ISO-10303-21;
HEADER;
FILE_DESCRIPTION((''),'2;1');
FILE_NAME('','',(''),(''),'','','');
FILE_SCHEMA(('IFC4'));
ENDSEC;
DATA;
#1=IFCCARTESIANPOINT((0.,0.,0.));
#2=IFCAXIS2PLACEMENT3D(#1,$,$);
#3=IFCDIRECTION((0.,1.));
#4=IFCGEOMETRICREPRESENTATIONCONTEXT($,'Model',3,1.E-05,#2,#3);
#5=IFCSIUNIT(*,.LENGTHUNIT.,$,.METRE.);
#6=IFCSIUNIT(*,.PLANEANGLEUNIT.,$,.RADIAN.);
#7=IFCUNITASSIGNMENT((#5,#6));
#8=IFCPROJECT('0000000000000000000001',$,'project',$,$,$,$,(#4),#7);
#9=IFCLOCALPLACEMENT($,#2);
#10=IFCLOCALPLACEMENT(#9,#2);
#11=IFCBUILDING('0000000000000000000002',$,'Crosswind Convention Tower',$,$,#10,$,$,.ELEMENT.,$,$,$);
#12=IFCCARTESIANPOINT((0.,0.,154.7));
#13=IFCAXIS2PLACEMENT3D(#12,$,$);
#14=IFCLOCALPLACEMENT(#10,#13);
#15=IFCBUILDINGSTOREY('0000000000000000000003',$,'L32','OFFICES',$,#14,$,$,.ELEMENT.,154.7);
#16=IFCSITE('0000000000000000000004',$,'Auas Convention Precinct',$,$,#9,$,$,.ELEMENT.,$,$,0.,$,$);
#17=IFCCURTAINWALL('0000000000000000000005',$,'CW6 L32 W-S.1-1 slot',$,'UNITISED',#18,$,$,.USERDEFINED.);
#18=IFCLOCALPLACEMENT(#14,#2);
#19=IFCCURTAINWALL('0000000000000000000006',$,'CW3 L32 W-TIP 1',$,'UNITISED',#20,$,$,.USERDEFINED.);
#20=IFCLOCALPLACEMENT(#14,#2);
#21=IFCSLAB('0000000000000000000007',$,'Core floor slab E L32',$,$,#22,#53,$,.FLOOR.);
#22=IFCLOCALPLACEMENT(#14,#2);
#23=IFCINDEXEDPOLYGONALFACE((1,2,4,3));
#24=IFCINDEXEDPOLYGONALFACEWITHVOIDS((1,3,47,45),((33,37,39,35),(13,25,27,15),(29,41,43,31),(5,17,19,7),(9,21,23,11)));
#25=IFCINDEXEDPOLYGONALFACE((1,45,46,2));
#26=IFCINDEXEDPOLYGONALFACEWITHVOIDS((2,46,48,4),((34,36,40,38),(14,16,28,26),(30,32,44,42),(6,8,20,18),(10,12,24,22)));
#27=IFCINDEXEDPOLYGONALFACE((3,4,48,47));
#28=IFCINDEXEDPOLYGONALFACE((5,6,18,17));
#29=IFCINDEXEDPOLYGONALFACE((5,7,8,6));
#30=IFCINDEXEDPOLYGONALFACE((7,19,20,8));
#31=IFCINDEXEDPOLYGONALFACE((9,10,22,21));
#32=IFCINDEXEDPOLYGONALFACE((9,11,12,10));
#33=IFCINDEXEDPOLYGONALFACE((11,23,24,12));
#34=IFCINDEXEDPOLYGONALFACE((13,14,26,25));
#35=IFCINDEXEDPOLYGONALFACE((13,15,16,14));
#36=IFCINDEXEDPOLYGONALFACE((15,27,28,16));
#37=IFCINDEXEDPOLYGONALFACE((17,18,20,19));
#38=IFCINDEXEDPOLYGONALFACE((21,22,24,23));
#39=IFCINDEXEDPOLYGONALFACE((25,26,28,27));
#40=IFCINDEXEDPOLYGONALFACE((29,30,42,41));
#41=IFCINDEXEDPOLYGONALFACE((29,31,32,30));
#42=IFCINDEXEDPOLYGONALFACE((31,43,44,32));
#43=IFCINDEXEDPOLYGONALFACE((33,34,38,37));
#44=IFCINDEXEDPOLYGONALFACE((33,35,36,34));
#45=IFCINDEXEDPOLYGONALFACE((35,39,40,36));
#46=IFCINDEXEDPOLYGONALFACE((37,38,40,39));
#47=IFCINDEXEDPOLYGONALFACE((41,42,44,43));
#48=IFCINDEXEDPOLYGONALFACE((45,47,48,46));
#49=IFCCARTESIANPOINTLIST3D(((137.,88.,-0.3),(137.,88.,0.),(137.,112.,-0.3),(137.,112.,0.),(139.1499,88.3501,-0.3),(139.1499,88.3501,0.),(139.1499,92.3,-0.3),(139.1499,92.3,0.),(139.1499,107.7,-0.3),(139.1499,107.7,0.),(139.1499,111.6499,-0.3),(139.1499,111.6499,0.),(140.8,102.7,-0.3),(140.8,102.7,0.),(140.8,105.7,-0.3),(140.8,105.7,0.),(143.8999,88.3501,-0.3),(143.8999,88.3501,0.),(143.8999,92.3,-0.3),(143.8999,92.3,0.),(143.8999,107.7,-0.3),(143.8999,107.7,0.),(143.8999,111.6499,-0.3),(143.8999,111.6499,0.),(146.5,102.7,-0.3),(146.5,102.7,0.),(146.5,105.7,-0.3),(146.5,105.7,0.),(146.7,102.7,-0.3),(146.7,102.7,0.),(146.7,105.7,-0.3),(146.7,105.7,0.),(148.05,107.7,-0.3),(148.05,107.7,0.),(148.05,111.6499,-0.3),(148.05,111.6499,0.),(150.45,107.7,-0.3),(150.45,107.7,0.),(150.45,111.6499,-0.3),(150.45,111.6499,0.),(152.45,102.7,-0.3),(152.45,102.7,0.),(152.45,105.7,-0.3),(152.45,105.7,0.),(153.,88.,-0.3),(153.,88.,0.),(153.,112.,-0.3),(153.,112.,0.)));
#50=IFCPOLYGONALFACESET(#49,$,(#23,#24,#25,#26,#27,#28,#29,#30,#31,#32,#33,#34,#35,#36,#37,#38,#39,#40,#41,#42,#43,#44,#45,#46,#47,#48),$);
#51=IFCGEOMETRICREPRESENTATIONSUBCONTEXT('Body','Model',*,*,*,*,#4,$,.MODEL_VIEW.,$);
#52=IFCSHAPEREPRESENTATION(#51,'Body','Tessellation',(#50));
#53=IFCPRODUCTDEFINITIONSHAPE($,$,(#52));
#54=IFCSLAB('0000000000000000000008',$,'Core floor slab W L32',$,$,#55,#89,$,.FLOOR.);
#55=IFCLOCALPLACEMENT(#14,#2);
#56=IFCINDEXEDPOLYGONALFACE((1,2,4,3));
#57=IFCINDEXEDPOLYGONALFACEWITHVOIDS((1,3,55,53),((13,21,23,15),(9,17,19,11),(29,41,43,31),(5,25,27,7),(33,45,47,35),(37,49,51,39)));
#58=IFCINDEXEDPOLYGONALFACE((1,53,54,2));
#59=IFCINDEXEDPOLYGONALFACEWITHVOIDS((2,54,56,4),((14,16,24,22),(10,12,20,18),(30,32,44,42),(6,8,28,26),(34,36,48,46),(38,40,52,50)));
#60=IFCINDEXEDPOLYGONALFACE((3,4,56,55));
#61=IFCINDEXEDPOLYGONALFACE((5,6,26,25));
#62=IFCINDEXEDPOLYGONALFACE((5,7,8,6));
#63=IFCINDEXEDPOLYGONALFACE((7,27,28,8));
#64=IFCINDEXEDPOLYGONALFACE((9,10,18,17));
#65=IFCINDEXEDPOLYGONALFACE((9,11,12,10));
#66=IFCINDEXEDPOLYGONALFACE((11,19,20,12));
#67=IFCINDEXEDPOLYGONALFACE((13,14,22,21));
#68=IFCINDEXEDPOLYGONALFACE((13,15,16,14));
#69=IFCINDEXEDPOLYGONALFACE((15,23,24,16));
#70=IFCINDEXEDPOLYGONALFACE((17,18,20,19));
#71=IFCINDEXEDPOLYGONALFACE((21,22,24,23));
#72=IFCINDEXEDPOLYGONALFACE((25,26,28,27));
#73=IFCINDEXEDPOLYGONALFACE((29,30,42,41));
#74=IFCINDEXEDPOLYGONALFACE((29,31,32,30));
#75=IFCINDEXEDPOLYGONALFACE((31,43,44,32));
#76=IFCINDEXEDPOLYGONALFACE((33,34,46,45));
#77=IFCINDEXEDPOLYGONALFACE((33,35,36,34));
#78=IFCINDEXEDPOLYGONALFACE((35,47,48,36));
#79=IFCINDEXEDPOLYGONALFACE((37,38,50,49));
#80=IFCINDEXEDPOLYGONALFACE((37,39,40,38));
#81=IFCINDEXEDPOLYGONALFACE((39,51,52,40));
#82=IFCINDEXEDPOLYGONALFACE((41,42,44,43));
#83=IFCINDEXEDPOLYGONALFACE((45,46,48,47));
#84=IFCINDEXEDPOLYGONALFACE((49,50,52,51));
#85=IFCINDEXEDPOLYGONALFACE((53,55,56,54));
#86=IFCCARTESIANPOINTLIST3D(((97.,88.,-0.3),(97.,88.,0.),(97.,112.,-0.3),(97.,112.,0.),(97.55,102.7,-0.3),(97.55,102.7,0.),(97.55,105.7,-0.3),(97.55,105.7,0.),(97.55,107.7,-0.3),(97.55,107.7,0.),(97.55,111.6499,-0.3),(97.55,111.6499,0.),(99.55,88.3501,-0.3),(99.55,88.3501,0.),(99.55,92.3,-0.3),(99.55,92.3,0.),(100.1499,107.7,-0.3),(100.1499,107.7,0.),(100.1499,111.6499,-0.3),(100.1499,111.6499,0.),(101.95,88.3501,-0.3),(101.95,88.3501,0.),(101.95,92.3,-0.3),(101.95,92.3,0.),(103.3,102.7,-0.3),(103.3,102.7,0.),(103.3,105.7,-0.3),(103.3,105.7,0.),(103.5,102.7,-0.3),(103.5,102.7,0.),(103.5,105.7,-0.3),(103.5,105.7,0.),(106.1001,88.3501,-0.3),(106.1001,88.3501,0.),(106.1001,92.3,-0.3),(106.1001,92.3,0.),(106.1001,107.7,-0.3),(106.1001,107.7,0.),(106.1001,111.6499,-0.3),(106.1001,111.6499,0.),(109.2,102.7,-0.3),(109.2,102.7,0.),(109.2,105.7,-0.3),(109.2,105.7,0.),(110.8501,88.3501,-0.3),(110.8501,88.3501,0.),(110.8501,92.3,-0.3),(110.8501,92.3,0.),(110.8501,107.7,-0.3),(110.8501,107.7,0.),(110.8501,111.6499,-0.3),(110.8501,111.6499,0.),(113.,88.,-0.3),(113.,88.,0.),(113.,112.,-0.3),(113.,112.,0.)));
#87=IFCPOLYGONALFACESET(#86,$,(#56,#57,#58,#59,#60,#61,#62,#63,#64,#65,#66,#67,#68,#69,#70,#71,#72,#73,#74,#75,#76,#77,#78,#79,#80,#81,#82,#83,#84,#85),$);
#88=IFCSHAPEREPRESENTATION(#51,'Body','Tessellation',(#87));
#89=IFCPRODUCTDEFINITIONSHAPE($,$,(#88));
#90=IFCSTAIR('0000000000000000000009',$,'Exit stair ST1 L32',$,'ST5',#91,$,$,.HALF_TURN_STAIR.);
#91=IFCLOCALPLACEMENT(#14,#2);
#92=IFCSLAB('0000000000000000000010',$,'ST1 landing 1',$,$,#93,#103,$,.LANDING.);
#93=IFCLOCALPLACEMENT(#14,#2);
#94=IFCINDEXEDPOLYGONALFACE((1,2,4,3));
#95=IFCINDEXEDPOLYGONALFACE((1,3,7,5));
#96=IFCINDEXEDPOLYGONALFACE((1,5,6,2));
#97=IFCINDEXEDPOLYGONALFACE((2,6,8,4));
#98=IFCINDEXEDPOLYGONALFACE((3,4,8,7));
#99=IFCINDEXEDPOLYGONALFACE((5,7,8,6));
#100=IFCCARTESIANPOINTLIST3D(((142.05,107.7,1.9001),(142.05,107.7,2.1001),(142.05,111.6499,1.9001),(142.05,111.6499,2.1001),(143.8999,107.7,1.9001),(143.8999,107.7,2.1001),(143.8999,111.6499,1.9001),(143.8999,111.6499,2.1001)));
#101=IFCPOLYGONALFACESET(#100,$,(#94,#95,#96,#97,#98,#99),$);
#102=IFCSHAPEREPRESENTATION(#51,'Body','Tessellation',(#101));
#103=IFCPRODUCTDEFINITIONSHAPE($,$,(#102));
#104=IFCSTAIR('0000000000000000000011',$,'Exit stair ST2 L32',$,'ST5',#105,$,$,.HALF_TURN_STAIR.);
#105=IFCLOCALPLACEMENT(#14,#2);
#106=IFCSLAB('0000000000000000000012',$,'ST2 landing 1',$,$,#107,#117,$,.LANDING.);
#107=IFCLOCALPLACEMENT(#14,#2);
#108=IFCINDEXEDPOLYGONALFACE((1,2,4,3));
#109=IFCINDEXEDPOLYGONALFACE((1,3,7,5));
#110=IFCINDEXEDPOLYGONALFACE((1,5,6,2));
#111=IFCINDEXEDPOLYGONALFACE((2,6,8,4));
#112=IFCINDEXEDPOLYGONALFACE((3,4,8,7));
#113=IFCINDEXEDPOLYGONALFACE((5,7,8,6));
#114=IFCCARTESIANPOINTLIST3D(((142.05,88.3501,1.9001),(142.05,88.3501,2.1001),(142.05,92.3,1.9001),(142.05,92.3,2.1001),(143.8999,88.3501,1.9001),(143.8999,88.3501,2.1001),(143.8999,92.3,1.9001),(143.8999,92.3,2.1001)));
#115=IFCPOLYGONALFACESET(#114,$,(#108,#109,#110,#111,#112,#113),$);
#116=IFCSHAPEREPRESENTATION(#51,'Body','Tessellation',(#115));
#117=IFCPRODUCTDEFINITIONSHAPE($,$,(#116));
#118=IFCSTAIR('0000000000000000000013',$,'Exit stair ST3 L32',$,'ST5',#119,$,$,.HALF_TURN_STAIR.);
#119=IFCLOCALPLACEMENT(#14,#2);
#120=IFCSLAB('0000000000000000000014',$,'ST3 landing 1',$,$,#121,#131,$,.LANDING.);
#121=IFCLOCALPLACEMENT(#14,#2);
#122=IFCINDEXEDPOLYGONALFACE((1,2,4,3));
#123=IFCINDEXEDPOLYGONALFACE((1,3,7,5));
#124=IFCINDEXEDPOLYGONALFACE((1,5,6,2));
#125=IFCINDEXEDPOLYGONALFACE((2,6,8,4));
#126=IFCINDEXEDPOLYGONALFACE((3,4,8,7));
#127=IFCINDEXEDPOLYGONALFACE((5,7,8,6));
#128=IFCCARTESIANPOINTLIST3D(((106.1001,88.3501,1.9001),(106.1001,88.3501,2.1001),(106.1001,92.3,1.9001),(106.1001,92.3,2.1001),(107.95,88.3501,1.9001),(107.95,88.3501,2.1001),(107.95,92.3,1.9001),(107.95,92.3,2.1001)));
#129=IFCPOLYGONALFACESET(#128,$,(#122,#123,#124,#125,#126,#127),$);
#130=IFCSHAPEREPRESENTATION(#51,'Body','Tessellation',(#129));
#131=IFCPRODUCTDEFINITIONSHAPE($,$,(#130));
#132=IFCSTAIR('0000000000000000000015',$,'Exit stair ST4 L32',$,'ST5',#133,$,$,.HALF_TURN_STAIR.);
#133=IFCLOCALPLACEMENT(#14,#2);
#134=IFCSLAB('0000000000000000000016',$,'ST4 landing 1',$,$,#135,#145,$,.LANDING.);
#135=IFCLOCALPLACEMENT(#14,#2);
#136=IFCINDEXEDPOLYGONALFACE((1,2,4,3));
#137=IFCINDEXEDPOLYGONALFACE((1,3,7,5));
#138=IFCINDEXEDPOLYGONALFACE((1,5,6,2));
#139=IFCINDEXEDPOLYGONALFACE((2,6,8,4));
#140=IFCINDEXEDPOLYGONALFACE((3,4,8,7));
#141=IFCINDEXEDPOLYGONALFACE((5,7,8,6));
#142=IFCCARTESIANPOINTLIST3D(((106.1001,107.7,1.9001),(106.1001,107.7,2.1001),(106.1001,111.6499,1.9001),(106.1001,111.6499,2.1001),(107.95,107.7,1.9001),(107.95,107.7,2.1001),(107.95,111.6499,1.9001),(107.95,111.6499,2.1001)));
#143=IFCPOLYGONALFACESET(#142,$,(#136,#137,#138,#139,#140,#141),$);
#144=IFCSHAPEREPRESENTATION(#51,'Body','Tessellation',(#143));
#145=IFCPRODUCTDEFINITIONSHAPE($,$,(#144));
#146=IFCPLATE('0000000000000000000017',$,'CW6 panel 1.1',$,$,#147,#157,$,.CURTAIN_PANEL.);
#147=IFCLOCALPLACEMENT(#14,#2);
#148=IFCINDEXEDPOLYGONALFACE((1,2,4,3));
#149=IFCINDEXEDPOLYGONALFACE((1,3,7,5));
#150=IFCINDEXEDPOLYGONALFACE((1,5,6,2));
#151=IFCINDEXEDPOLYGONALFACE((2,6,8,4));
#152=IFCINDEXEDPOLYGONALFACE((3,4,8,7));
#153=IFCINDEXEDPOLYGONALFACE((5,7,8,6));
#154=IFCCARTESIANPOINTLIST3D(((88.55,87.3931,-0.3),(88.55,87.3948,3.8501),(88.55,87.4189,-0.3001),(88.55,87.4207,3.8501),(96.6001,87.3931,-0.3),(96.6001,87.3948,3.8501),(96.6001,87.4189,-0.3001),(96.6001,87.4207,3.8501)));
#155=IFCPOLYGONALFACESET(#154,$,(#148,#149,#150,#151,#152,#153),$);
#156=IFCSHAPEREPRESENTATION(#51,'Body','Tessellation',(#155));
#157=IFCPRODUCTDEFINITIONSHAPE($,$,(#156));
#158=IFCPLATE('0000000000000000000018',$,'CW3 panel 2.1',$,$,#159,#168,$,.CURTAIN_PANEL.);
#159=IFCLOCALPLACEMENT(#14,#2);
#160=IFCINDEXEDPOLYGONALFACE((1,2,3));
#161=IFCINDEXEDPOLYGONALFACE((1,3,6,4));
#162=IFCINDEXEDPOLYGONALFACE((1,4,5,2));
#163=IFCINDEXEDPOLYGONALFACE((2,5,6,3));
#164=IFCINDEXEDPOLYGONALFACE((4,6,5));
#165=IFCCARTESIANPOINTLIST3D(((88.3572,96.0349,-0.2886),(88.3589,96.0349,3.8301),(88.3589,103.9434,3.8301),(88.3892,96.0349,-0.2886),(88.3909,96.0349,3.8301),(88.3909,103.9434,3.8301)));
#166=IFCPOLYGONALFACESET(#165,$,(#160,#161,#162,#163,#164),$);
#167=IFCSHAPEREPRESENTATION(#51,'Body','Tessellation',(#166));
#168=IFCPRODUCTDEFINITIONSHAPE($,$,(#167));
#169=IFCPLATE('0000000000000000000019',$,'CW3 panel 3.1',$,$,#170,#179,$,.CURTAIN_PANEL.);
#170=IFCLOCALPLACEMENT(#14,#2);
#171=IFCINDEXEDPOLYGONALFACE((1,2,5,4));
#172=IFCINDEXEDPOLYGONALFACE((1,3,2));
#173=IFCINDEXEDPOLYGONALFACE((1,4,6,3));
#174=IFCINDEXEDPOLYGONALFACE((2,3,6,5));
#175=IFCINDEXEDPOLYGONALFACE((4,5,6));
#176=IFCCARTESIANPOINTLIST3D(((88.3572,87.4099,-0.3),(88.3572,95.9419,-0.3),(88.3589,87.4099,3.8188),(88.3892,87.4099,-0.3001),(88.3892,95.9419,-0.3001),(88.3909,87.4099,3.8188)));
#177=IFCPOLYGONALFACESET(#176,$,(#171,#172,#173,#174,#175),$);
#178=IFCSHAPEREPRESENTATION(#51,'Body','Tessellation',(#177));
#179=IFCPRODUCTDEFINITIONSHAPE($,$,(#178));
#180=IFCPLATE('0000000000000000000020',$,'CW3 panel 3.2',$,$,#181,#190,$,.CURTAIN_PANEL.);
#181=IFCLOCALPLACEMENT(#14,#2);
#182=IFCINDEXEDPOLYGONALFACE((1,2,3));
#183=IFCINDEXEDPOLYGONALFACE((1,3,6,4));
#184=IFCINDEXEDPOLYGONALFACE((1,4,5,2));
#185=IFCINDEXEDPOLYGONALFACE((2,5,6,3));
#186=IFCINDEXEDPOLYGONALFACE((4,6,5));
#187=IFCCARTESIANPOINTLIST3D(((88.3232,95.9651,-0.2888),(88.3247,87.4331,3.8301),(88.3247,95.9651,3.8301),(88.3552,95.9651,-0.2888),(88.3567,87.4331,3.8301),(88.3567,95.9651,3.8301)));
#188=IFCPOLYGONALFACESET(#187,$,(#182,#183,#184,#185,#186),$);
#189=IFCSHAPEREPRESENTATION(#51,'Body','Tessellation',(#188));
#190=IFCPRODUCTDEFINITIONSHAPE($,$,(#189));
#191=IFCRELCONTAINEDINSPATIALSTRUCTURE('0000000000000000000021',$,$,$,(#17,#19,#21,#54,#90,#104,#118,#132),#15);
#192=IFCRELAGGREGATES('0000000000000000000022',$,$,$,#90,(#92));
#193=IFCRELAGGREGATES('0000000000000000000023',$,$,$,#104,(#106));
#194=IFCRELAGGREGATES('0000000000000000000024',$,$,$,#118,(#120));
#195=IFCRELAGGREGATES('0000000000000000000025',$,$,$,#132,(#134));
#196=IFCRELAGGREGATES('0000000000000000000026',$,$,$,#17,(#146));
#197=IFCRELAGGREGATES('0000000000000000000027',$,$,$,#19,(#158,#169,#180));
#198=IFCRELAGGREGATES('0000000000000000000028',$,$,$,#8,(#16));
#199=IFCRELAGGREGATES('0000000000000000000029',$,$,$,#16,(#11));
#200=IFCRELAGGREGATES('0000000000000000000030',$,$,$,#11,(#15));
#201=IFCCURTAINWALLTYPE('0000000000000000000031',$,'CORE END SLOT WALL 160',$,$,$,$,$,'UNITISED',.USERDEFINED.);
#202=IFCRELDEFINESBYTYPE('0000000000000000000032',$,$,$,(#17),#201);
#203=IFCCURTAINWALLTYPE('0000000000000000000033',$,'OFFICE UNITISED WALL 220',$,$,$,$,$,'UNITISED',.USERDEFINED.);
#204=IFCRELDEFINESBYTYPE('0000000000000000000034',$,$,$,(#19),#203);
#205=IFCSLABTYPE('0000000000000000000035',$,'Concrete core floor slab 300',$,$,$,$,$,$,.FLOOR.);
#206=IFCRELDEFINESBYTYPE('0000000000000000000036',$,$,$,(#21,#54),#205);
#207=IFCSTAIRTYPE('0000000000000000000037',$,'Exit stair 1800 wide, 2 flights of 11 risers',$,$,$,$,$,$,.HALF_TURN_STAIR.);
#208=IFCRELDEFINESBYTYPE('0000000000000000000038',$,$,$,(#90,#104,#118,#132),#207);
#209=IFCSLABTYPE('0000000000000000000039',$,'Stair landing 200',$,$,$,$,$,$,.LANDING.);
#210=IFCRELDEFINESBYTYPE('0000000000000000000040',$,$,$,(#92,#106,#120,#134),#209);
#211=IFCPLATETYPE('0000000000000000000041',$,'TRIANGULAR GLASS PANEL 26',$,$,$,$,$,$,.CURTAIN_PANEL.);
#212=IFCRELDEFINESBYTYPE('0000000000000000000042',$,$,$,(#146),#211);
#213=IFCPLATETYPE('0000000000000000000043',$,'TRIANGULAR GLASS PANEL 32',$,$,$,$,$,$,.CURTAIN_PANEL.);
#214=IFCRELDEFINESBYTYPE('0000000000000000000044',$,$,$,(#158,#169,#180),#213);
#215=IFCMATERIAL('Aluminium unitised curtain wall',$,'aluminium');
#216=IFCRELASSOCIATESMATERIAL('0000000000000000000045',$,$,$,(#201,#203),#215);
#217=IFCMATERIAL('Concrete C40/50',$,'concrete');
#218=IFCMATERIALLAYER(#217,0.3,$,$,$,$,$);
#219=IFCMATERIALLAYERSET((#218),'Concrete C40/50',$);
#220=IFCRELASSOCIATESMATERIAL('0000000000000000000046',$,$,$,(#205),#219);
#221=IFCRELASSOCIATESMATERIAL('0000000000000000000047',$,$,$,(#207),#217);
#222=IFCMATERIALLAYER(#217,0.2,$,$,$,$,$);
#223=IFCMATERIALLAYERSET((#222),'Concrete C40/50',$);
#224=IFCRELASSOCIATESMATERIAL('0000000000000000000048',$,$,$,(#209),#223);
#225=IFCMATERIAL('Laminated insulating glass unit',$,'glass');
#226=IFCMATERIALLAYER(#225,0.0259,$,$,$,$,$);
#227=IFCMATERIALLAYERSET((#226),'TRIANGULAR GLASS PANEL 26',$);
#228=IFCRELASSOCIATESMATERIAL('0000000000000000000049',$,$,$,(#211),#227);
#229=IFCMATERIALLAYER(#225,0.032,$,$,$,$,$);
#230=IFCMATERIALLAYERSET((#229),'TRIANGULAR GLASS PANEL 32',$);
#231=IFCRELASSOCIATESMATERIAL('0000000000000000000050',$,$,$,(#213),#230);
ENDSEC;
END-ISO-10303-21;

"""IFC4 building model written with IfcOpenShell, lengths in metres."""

from ifc_helpers import new_model, si_unit, direction, frame, origin, place, context, subcontext, project, spatial, polyline, outline, extrude, material, layer, layer_set, type_object, element, aggregate, save


model = new_model("IFC4")

# Units and contexts
model_context = context("Model", 3, precision=1e-05, world=origin(), true_north=direction((0.0, 1.0)))
body_context = subcontext(model_context, "Body", "Model", "MODEL_VIEW")
ifc_project = project(units=[si_unit("LENGTHUNIT", "METRE"), si_unit("PLANEANGLEUNIT", "RADIAN")], contexts=[model_context])

# Site, building, storey
site_placement = place(None, origin())
site = spatial("IfcSite", under=ifc_project, at=site_placement, Name="Auas Convention Precinct", CompositionType="ELEMENT", RefElevation=0.0)
building_placement = place(site_placement, origin())
building = spatial("IfcBuilding", under=site, at=building_placement, Name="Crosswind Convention Tower", CompositionType="ELEMENT")
storey_placement = place(building_placement, frame((0.0, 0.0, 154.7)))
storey = spatial("IfcBuildingStorey", under=building, at=storey_placement, Name="L32", Description="OFFICES", CompositionType="ELEMENT", Elevation=154.7)

# Curtain wall
ifc_material_1 = material(Name="Aluminium unitised curtain wall", Category="aluminium")
curtain_wall_type_1 = type_object("IfcCurtainWallType", Name="CORE END SLOT WALL 160", ElementType="UNITISED", PredefinedType="USERDEFINED", material=ifc_material_1)
curtain_wall_1_placement = place(storey_placement, origin())
curtain_wall_1 = element("IfcCurtainWall", 1, at=curtain_wall_1_placement, inside=storey, type_object=curtain_wall_type_1, Name="CW6 L32 W-S.1-1 slot", ObjectType="UNITISED", PredefinedType="USERDEFINED")

# Curtain wall
curtain_wall_type_2 = type_object("IfcCurtainWallType", Name="OFFICE UNITISED WALL 220", ElementType="UNITISED", PredefinedType="USERDEFINED", material=ifc_material_1)
curtain_wall_2_placement = place(storey_placement, origin())
curtain_wall_2 = element("IfcCurtainWall", 2, at=curtain_wall_2_placement, inside=storey, type_object=curtain_wall_type_2, Name="CW3 L32 W-TIP 1", ObjectType="UNITISED", PredefinedType="USERDEFINED")

# Slabs
ifc_material_2 = material(Name="Concrete C40/50", Category="concrete")
ifc_layer_1 = layer(ifc_material_2, 0.3)
ifc_layer_set_1 = layer_set([ifc_layer_1], Name="Concrete C40/50")
slab_type_1 = type_object("IfcSlabType", Name="Concrete core floor slab 300", PredefinedType="FLOOR", material=ifc_layer_set_1)
slab_1_placement = place(storey_placement, frame((0.0, 0.0, -0.3)))
element("IfcSlab", 3, at=slab_1_placement, inside=storey, type_object=slab_type_1, Name="Core floor slab E L32", PredefinedType="FLOOR", context=body_context, shape_type="SweptSolid", body=[
    extrude(outline(polyline([(137.0, 88.0), (153.0, 88.0), (153.0, 112.0), (137.0, 112.0), (137.0, 88.0)]), holes=[polyline([(146.5, 102.7), (146.5, 105.7), (140.8, 105.7), (140.8, 102.7), (146.5, 102.7)]), polyline([(152.45, 102.7), (152.45, 105.7), (146.7, 105.7), (146.7, 102.7), (152.45, 102.7)]), polyline([(150.45, 107.7), (150.45, 111.6499), (148.05, 111.6499), (148.05, 107.7), (150.45, 107.7)]), polyline([(143.8999, 107.7), (143.8999, 111.6499), (139.1499, 111.6499), (139.1499, 107.7), (143.8999, 107.7)]), polyline([(143.8999, 88.3501), (143.8999, 92.3), (139.1499, 92.3), (139.1499, 88.3501), (143.8999, 88.3501)])]), origin(), (0.0, 0.0, 1.0), 0.3),
])
slab_2_placement = place(storey_placement, frame((0.0, 0.0, -0.3)))
element("IfcSlab", 4, at=slab_2_placement, inside=storey, type_object=slab_type_1, Name="Core floor slab W L32", PredefinedType="FLOOR", context=body_context, shape_type="SweptSolid", body=[
    extrude(outline(polyline([(97.0, 88.0), (113.0, 88.0), (113.0, 112.0), (97.0, 112.0), (97.0, 88.0)]), holes=[polyline([(109.2, 102.7), (109.2, 105.7), (103.5, 105.7), (103.5, 102.7), (109.2, 102.7)]), polyline([(103.3, 102.7), (103.3, 105.7), (97.55, 105.7), (97.55, 102.7), (103.3, 102.7)]), polyline([(101.95, 88.3501), (101.95, 92.3), (99.55, 92.3), (99.55, 88.3501), (101.95, 88.3501)]), polyline([(100.1499, 107.7), (100.1499, 111.6499), (97.55, 111.6499), (97.55, 107.7), (100.1499, 107.7)]), polyline([(110.8501, 88.3501), (110.8501, 92.3), (106.1001, 92.3), (106.1001, 88.3501), (110.8501, 88.3501)]), polyline([(110.8501, 107.7), (110.8501, 111.6499), (106.1001, 111.6499), (106.1001, 107.7), (110.8501, 107.7)])]), origin(), (0.0, 0.0, 1.0), 0.3),
])

# Stairs, slabs
stair_type = type_object("IfcStairType", Name="Exit stair 1800 wide, 2 flights of 11 risers", PredefinedType="HALF_TURN_STAIR", material=ifc_material_2)
stair_1_placement = place(storey_placement, origin())
stair_1 = element("IfcStair", 5, at=stair_1_placement, inside=storey, type_object=stair_type, Name="Exit stair ST1 L32", ObjectType="ST5", PredefinedType="HALF_TURN_STAIR")
ifc_layer_2 = layer(ifc_material_2, 0.2)
ifc_layer_set_2 = layer_set([ifc_layer_2], Name="Concrete C40/50")
slab_type_2 = type_object("IfcSlabType", Name="Stair landing 200", PredefinedType="LANDING", material=ifc_layer_set_2)
slab_3_placement = place(storey_placement, frame((0.0, 0.0, 1.9001)))
slab_3 = element("IfcSlab", 6, at=slab_3_placement, type_object=slab_type_2, Name="ST1 landing 1", PredefinedType="LANDING", context=body_context, shape_type="SweptSolid", body=[
    extrude(outline(polyline([(143.8999, 107.7), (143.8999, 111.6499), (142.05, 111.6499), (142.05, 107.7), (143.8999, 107.7)])), origin(), (0.0, 0.0, 1.0), 0.2),
])
aggregate(stair_1, [slab_3])
stair_2_placement = place(storey_placement, origin())
stair_2 = element("IfcStair", 7, at=stair_2_placement, inside=storey, type_object=stair_type, Name="Exit stair ST2 L32", ObjectType="ST5", PredefinedType="HALF_TURN_STAIR")
slab_4_placement = place(storey_placement, frame((0.0, 0.0, 1.9001)))
slab_4 = element("IfcSlab", 8, at=slab_4_placement, type_object=slab_type_2, Name="ST2 landing 1", PredefinedType="LANDING", context=body_context, shape_type="SweptSolid", body=[
    extrude(outline(polyline([(143.8999, 88.3501), (143.8999, 92.3), (142.05, 92.3), (142.05, 88.3501), (143.8999, 88.3501)])), origin(), (0.0, 0.0, 1.0), 0.2),
])
aggregate(stair_2, [slab_4])
stair_3_placement = place(storey_placement, origin())
stair_3 = element("IfcStair", 9, at=stair_3_placement, inside=storey, type_object=stair_type, Name="Exit stair ST3 L32", ObjectType="ST5", PredefinedType="HALF_TURN_STAIR")
slab_5_placement = place(storey_placement, frame((0.0, 0.0, 1.9001)))
slab_5 = element("IfcSlab", 10, at=slab_5_placement, type_object=slab_type_2, Name="ST3 landing 1", PredefinedType="LANDING", context=body_context, shape_type="SweptSolid", body=[
    extrude(outline(polyline([(107.95, 88.3501), (107.95, 92.3), (106.1001, 92.3), (106.1001, 88.3501), (107.95, 88.3501)])), origin(), (0.0, 0.0, 1.0), 0.2),
])
aggregate(stair_3, [slab_5])
stair_4_placement = place(storey_placement, origin())
stair_4 = element("IfcStair", 11, at=stair_4_placement, inside=storey, type_object=stair_type, Name="Exit stair ST4 L32", ObjectType="ST5", PredefinedType="HALF_TURN_STAIR")
slab_6_placement = place(storey_placement, frame((0.0, 0.0, 1.9001)))
slab_6 = element("IfcSlab", 12, at=slab_6_placement, type_object=slab_type_2, Name="ST4 landing 1", PredefinedType="LANDING", context=body_context, shape_type="SweptSolid", body=[
    extrude(outline(polyline([(107.95, 107.7), (107.95, 111.6499), (106.1001, 111.6499), (106.1001, 107.7), (107.95, 107.7)])), origin(), (0.0, 0.0, 1.0), 0.2),
])
aggregate(stair_4, [slab_6])

# Plates
ifc_material_3 = material(Name="Laminated insulating glass unit", Category="glass")
ifc_layer_3 = layer(ifc_material_3, 0.0259)
ifc_layer_set_3 = layer_set([ifc_layer_3], Name="TRIANGULAR GLASS PANEL 26")
plate_type_1 = type_object("IfcPlateType", Name="TRIANGULAR GLASS PANEL 26", PredefinedType="CURTAIN_PANEL", material=ifc_layer_set_3)
plate_1_placement = place(storey_placement, frame((88.55, 87.3931, -0.3), z_axis=(0.0, -1.0, 0.000412), x_axis=(1.0, 0.0, 0.0)))
plate_1 = element("IfcPlate", 13, at=plate_1_placement, type_object=plate_type_1, Name="CW6 panel 1.1", PredefinedType="CURTAIN_PANEL", context=body_context, shape_type="SweptSolid", body=[
    extrude(outline(polyline([(0.0, 0.0), (8.05, 0.0), (8.05, 4.1501), (0.0, 4.1501), (0.0, 0.0)])), origin(), (0.0, 0.0, -1.0), 0.0259),
])
aggregate(curtain_wall_1, [plate_1])
ifc_layer_4 = layer(ifc_material_3, 0.032)
ifc_layer_set_4 = layer_set([ifc_layer_4], Name="TRIANGULAR GLASS PANEL 32")
plate_type_2 = type_object("IfcPlateType", Name="TRIANGULAR GLASS PANEL 32", PredefinedType="CURTAIN_PANEL", material=ifc_layer_set_4)
plate_2_placement = place(storey_placement, frame((88.3589, 96.0349, 3.8301), z_axis=(-1.0, 0.0, 0.000415), x_axis=(0.0, 1.0, 0.0)))
plate_2 = element("IfcPlate", 14, at=plate_2_placement, type_object=plate_type_2, Name="CW3 panel 2.1", PredefinedType="CURTAIN_PANEL", context=body_context, shape_type="SweptSolid", body=[
    extrude(outline(polyline([(0.0, 0.0), (7.9084, 0.0), (0.0, 4.1187), (0.0, 0.0)])), origin(), (0.0, 0.0, -1.0), 0.032),
])
plate_3_placement = place(storey_placement, frame((88.3572, 87.4099, -0.3), z_axis=(-1.0, 0.0, 0.000415), x_axis=(0.000415, 0.0, 1.0)))
plate_3 = element("IfcPlate", 15, at=plate_3_placement, type_object=plate_type_2, Name="CW3 panel 3.1", PredefinedType="CURTAIN_PANEL", context=body_context, shape_type="SweptSolid", body=[
    extrude(outline(polyline([(0.0, 0.0), (4.1189, 0.0), (0.0, 8.532), (0.0, 0.0)])), origin(), (0.0, 0.0, -1.0), 0.032),
])
plate_4_placement = place(storey_placement, frame((88.3247, 95.9651, 3.8301), z_axis=(-1.0, 0.0, 0.000356), x_axis=(-0.000356, 0.0, -1.0)))
plate_4 = element("IfcPlate", 16, at=plate_4_placement, type_object=plate_type_2, Name="CW3 panel 3.2", PredefinedType="CURTAIN_PANEL", context=body_context, shape_type="SweptSolid", body=[
    extrude(outline(polyline([(0.0, 0.0), (4.1189, 0.0), (0.0, 8.532), (0.0, 0.0)])), origin(), (0.0, 0.0, -1.0), 0.032),
])
aggregate(curtain_wall_2, [plate_2, plate_3, plate_4])

save(model, "model.ifc")
